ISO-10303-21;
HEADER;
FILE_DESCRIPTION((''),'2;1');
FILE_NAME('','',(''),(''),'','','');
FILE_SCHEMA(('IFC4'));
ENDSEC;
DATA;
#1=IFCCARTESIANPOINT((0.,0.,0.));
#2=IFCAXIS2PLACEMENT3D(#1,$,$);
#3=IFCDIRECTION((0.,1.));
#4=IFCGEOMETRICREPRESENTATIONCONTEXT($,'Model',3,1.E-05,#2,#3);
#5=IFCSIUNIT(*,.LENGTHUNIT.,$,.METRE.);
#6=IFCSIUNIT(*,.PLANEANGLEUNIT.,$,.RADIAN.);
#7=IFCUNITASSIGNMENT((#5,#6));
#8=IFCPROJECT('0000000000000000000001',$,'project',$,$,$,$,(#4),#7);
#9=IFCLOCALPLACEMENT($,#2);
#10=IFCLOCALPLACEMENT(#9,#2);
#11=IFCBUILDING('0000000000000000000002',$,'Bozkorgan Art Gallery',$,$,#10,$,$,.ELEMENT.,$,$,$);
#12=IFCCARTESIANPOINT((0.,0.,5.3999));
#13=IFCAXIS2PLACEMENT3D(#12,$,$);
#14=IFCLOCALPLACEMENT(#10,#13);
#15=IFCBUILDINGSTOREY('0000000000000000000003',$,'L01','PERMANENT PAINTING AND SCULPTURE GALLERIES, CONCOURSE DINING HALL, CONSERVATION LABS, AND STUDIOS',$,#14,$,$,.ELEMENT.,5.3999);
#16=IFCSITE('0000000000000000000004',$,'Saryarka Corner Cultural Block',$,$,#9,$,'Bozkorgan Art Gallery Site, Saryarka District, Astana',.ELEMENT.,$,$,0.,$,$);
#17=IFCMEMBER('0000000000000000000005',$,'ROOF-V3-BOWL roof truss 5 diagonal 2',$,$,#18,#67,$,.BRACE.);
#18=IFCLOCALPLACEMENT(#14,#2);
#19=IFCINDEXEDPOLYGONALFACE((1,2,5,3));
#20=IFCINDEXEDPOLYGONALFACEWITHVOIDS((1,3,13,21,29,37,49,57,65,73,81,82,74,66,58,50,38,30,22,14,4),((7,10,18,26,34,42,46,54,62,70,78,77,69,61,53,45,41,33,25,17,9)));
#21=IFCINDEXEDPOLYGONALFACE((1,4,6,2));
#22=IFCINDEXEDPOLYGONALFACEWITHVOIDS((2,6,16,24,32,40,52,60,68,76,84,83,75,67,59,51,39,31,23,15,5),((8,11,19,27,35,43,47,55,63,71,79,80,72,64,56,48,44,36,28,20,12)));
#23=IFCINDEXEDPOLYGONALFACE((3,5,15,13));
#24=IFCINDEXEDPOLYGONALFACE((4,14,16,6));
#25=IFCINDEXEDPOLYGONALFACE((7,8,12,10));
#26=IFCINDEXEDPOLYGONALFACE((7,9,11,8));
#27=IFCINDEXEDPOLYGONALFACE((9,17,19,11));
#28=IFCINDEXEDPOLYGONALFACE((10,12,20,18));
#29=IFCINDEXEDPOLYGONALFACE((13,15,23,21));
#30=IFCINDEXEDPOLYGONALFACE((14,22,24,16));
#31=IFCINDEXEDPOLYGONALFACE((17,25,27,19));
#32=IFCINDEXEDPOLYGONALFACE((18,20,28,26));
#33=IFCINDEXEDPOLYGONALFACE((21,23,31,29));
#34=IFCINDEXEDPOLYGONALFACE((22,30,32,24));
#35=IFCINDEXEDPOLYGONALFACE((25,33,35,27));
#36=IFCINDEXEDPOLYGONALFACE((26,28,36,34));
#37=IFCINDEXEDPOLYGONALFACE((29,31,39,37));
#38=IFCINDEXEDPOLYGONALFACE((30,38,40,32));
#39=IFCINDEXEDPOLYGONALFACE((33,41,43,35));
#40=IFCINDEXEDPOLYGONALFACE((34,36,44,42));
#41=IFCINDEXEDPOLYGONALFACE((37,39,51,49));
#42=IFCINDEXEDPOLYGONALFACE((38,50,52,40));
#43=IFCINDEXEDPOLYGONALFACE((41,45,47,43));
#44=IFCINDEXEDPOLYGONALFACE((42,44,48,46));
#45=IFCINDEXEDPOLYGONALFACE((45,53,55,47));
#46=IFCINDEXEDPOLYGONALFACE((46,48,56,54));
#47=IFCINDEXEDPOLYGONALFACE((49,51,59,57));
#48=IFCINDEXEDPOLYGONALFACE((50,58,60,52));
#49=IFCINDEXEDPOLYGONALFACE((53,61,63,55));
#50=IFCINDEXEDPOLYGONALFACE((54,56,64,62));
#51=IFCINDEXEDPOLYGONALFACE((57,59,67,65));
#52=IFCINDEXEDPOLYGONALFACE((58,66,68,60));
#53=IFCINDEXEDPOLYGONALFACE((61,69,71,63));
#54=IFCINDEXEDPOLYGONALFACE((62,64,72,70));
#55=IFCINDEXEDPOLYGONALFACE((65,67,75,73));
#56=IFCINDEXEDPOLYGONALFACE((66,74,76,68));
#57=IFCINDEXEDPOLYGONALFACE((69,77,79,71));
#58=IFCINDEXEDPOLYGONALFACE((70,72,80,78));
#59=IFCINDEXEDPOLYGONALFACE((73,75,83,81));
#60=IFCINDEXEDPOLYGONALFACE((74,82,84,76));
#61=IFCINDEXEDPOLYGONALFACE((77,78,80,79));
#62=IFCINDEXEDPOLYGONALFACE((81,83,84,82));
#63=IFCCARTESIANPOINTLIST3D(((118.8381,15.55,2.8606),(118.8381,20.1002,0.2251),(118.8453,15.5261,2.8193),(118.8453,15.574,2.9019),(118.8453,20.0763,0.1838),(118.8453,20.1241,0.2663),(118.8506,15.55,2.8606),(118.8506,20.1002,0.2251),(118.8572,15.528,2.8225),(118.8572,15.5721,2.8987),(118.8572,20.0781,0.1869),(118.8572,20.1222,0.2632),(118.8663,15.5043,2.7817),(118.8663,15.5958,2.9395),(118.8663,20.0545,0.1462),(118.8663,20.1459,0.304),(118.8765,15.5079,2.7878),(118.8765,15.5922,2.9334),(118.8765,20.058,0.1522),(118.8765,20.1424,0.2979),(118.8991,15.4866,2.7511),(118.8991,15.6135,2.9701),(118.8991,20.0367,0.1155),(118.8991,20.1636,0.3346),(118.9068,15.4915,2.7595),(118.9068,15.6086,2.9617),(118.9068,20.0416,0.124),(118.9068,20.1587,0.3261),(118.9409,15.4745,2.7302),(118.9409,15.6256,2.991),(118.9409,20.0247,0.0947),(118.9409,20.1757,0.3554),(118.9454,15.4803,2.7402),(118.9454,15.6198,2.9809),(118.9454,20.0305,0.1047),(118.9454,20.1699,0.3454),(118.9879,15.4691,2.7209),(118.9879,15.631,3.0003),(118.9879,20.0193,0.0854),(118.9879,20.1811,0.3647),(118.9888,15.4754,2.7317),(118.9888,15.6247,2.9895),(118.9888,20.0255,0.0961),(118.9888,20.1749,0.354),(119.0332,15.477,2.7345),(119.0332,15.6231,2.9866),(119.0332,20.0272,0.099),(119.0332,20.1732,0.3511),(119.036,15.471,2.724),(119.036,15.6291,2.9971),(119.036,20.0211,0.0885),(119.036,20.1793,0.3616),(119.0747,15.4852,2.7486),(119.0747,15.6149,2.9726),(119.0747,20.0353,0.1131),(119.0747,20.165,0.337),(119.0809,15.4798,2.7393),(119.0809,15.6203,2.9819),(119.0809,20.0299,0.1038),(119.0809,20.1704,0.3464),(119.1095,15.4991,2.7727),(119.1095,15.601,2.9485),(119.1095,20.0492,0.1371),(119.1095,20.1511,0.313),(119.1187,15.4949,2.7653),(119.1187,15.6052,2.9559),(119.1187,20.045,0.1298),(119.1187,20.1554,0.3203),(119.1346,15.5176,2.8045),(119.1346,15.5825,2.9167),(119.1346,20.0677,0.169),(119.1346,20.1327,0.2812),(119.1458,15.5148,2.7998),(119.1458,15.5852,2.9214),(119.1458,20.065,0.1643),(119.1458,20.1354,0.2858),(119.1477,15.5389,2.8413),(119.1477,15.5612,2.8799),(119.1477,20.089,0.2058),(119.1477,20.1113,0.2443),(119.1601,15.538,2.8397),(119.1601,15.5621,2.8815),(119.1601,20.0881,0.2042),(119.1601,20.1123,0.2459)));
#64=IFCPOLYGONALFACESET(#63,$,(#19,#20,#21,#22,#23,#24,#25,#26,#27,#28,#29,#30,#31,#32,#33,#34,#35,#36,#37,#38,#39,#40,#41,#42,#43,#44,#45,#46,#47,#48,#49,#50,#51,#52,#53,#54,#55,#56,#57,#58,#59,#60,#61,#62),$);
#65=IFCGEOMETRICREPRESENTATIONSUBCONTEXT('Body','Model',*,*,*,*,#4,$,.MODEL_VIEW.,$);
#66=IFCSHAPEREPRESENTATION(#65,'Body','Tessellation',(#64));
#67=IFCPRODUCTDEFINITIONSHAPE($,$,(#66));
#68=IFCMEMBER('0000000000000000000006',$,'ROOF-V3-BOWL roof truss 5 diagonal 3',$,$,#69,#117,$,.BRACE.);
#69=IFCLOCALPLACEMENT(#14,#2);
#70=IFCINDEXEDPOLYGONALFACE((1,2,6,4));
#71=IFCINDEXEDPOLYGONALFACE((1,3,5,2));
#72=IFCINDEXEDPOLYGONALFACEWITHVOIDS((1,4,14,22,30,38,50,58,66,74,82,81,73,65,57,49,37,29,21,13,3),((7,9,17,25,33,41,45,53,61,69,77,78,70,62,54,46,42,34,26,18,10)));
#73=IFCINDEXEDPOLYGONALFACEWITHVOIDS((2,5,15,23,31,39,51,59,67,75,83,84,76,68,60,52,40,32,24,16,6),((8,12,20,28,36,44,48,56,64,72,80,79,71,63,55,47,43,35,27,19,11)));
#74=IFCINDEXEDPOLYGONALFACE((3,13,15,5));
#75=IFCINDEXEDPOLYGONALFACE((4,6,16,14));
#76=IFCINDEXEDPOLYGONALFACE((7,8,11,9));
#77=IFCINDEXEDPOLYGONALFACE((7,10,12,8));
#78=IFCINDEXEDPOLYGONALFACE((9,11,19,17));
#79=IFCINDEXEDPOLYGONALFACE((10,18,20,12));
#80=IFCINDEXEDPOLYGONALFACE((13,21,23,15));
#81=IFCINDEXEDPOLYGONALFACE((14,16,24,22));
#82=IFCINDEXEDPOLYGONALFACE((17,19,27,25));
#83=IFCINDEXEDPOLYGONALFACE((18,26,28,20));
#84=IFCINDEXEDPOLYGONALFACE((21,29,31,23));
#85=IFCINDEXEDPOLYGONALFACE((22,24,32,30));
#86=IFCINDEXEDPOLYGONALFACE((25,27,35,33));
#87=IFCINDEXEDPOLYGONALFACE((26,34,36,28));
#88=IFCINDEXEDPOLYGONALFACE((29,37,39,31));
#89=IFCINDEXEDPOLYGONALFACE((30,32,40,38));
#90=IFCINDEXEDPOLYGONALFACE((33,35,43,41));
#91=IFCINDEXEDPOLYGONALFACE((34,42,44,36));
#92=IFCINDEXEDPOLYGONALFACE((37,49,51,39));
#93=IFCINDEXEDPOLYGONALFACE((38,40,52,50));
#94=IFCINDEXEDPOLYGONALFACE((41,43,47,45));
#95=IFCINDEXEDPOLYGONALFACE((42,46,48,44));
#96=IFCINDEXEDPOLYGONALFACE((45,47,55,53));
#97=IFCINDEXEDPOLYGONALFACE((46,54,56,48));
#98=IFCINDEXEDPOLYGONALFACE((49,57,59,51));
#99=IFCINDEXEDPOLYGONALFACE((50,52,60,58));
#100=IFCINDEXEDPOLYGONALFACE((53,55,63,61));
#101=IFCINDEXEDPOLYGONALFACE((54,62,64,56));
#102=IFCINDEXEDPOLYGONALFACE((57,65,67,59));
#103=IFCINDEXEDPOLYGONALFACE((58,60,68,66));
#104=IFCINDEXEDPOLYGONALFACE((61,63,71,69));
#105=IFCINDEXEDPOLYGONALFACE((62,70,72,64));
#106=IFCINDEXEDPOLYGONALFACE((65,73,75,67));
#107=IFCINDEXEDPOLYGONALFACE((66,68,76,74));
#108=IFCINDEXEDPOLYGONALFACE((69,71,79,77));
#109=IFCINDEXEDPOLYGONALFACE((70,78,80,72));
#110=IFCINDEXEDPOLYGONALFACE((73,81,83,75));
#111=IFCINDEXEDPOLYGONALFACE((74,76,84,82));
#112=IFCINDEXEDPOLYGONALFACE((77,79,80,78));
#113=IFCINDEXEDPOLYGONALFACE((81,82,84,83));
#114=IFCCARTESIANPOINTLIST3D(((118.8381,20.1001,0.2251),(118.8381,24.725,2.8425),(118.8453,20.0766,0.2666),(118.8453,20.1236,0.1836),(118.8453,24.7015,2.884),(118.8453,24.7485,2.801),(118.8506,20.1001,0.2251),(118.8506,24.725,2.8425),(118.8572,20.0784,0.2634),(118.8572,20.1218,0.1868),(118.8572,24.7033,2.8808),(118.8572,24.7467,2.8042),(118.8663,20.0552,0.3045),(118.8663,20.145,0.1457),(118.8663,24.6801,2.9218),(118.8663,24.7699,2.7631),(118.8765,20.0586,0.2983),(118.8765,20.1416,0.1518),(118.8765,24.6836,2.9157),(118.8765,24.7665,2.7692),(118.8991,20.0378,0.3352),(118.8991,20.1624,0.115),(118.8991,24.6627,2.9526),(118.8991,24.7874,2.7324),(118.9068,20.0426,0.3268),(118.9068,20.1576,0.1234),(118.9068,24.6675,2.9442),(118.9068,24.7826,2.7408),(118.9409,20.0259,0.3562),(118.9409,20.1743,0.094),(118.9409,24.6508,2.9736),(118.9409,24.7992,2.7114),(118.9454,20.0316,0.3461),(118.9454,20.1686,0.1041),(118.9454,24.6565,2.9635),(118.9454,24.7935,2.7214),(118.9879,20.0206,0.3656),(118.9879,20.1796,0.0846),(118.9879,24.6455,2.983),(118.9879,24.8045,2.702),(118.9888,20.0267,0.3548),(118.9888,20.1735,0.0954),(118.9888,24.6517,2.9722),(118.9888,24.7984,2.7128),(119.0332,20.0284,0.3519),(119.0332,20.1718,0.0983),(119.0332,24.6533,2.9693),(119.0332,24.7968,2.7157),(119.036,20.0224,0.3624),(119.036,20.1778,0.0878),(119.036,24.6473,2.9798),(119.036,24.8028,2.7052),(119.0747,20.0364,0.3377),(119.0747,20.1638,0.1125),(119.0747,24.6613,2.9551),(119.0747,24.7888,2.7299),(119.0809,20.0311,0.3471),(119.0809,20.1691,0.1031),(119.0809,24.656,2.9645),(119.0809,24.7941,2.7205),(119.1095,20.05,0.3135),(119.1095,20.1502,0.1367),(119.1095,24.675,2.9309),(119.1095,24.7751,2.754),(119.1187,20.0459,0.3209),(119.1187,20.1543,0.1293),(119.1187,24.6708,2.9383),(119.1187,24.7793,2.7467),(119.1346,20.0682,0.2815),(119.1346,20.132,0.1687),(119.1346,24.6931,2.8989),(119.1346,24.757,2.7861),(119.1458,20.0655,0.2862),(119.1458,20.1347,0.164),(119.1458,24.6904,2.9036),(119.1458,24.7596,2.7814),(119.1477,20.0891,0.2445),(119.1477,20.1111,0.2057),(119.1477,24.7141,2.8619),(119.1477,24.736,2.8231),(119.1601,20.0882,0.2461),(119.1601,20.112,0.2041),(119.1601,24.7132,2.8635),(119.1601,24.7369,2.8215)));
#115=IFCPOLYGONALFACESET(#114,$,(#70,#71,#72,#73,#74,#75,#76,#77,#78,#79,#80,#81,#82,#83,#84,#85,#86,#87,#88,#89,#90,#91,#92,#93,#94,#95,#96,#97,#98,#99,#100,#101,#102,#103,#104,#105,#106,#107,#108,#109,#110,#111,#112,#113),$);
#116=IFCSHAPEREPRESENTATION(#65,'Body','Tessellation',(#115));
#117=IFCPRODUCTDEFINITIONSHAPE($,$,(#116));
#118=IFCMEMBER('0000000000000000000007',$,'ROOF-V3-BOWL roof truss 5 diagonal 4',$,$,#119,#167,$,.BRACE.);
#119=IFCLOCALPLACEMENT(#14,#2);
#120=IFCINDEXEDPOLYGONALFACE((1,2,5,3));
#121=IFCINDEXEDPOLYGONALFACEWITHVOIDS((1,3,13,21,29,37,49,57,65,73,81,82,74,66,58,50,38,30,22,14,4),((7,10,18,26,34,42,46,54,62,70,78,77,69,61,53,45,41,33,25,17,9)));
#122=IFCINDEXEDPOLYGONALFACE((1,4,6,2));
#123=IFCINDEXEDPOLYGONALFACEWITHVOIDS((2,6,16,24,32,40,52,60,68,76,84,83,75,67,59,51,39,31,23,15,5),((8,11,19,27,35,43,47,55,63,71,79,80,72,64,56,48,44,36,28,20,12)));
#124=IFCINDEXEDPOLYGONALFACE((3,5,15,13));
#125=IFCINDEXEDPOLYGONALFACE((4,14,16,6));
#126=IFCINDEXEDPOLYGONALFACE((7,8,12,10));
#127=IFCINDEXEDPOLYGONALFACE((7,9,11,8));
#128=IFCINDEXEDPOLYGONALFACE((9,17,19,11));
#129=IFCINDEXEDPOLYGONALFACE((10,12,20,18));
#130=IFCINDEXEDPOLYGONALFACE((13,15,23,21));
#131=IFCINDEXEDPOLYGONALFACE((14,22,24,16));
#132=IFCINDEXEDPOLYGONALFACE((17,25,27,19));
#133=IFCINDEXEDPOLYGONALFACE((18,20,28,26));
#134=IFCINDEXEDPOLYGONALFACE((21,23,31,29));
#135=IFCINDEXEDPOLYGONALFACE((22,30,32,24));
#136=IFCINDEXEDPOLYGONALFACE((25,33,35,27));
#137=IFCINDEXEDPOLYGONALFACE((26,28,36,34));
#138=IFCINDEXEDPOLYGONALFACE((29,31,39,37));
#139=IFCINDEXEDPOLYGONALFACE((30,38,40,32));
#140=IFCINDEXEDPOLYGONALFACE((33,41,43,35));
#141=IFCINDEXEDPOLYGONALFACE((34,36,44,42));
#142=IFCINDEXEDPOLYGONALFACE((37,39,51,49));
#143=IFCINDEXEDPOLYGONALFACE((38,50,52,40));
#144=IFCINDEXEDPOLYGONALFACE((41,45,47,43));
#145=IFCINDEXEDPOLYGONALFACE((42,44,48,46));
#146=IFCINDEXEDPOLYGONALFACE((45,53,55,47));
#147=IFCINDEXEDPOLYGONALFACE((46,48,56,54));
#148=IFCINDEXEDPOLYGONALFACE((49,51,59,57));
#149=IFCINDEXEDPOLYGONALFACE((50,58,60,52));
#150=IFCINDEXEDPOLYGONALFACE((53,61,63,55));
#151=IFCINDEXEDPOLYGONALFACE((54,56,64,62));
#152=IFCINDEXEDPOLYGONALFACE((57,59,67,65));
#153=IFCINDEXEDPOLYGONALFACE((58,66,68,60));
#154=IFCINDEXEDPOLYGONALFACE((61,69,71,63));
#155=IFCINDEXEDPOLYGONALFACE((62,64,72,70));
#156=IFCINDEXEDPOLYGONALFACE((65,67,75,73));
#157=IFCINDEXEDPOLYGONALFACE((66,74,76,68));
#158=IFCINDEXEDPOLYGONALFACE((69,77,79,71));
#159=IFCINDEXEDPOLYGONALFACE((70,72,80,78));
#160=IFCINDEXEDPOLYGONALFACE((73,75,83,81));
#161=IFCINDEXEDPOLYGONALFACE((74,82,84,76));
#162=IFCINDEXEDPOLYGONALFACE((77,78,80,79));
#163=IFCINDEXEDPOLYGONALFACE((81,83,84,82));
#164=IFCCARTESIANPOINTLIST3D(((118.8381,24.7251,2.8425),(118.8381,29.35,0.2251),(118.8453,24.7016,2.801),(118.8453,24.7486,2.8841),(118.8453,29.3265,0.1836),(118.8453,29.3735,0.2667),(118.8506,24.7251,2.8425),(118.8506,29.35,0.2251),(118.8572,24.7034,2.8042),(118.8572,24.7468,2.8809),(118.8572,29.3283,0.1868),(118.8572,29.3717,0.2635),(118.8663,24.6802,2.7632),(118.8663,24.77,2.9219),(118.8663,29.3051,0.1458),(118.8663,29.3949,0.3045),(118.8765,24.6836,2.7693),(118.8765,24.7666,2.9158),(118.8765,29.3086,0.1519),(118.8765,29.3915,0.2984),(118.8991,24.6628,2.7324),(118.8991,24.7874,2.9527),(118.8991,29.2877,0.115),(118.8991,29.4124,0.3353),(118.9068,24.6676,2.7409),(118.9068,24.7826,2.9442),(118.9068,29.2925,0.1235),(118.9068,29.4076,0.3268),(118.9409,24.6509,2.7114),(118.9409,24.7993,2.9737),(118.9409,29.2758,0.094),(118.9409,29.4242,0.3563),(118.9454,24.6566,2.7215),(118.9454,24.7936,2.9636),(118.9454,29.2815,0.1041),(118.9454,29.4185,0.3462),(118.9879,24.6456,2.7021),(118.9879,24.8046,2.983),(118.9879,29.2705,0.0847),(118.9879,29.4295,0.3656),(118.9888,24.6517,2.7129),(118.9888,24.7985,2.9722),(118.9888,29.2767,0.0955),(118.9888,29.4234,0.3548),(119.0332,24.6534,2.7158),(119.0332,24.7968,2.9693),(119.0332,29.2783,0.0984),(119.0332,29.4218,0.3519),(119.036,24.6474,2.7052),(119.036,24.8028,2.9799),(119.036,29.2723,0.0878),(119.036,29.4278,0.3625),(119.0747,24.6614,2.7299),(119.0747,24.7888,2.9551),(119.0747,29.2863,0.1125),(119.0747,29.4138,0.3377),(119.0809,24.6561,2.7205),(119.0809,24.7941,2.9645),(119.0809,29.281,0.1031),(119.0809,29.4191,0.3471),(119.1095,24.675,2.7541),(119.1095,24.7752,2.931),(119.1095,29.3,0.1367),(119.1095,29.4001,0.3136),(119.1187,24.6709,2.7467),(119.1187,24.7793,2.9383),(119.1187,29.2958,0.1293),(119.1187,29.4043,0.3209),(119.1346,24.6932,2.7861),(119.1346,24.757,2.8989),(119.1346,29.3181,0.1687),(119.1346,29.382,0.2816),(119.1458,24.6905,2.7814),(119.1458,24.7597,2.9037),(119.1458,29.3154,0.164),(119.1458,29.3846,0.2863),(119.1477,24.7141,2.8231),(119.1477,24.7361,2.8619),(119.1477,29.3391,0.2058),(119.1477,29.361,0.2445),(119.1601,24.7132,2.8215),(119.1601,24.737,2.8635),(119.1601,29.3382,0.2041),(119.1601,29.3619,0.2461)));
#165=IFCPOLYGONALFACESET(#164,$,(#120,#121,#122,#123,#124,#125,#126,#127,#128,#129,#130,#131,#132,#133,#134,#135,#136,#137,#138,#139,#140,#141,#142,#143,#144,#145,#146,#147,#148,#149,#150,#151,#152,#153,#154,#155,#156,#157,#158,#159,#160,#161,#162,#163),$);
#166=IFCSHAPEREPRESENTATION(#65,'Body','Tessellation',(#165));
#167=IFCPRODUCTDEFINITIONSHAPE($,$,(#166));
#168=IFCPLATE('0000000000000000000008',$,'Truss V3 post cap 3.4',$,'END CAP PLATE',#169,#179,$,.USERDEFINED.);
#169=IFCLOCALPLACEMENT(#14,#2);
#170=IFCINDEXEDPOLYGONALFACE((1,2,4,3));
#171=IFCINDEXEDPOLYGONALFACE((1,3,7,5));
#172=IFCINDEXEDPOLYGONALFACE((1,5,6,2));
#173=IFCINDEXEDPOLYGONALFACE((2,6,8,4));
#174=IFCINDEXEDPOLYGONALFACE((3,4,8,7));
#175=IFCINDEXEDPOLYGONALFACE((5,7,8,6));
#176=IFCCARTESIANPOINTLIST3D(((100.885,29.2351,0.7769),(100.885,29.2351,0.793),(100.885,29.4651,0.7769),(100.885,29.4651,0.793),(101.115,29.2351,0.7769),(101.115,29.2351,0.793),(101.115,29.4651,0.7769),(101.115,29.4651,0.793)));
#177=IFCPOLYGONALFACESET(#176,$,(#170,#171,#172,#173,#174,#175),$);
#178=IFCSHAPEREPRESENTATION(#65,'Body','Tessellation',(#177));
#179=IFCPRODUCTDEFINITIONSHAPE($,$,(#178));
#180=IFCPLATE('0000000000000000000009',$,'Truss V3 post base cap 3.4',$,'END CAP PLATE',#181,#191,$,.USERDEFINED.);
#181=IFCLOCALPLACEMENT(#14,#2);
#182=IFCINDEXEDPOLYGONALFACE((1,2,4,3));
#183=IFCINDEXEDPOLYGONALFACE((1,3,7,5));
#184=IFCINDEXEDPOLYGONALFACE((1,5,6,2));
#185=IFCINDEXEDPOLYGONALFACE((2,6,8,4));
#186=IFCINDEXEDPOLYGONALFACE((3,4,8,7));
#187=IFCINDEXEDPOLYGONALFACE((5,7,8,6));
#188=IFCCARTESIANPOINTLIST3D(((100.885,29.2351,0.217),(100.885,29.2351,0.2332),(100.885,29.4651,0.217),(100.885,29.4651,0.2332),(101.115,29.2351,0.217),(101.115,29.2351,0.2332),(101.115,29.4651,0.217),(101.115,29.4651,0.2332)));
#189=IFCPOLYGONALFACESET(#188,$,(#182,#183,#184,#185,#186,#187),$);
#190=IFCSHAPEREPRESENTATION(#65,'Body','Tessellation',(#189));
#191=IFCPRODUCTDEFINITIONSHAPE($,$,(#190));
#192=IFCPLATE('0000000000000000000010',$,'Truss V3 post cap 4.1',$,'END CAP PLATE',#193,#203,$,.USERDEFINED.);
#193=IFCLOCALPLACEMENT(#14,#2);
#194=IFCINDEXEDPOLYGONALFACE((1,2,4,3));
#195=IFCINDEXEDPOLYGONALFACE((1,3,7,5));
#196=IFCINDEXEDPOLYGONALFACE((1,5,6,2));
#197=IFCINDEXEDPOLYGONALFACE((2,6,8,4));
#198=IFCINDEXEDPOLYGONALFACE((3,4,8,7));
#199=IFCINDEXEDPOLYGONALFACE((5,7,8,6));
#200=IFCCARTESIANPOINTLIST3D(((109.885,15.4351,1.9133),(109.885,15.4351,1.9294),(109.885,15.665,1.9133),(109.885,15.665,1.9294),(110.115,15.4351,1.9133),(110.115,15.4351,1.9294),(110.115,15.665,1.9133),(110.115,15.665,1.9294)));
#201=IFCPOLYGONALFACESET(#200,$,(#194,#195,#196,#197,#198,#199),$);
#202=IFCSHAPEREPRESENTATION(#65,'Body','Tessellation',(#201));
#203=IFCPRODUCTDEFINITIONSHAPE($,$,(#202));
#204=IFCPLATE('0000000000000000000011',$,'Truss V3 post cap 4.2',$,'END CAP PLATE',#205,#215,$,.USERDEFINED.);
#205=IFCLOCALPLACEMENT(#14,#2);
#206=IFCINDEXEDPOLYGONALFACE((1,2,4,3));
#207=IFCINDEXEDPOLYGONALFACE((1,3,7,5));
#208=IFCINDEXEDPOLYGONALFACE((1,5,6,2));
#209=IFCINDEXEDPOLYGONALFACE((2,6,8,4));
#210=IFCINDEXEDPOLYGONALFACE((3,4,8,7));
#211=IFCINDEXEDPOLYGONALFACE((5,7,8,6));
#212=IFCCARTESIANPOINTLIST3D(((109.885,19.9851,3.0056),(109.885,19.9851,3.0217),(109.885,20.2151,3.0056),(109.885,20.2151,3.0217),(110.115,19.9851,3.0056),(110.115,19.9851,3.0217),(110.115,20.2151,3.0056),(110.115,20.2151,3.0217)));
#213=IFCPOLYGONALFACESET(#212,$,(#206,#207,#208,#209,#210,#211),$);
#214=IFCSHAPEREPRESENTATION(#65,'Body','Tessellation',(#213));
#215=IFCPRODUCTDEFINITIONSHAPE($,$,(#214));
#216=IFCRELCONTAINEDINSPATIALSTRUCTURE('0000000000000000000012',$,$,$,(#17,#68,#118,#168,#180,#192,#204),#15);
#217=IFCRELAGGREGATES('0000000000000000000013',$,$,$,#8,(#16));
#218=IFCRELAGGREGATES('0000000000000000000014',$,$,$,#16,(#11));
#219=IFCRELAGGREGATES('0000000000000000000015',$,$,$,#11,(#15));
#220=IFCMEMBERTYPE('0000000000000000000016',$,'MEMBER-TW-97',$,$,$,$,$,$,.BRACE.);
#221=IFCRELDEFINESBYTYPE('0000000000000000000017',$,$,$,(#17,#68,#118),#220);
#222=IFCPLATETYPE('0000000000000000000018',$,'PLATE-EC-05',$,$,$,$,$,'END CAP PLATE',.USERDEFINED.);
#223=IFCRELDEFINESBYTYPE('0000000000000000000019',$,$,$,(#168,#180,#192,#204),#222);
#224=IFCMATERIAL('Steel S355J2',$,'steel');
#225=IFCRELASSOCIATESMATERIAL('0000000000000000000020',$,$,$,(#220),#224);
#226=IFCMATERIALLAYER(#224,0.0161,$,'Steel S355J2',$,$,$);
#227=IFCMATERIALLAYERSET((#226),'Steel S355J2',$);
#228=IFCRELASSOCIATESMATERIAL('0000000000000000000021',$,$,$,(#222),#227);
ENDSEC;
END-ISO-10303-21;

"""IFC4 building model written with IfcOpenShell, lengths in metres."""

from ifc_helpers import new_model, si_unit, direction, frame, origin, origin_2d, place, context, subcontext, project, spatial, rectangle, hollow_circle, extrude, material, layer, layer_set, material_profile, profile_set, type_object, element, save


model = new_model("IFC4")

# Units and contexts
model_context = context("Model", 3, precision=1e-05, world=origin(), true_north=direction((0.0, 1.0)))
body_context = subcontext(model_context, "Body", "Model", "MODEL_VIEW")
ifc_project = project(units=[si_unit("LENGTHUNIT", "METRE"), si_unit("PLANEANGLEUNIT", "RADIAN")], contexts=[model_context])

# Site, building, storey
site_placement = place(None, origin())
site = spatial("IfcSite", under=ifc_project, at=site_placement, Name="Saryarka Corner Cultural Block", LongName="Bozkorgan Art Gallery Site, Saryarka District, Astana", CompositionType="ELEMENT", RefElevation=0.0)
building_placement = place(site_placement, origin())
building = spatial("IfcBuilding", under=site, at=building_placement, Name="Bozkorgan Art Gallery", CompositionType="ELEMENT")
storey_placement = place(building_placement, frame((0.0, 0.0, 5.3999)))
storey = spatial("IfcBuildingStorey", under=building, at=storey_placement, Name="L01", Description="PERMANENT PAINTING AND SCULPTURE GALLERIES, CONCOURSE DINING HALL, CONSERVATION LABS, AND STUDIOS", CompositionType="ELEMENT", Elevation=5.3999)

# Shared definitions
ifc_material_1 = material(Name="Steel S355J2", Category="steel")

# Members
ifc_material_profile_1 = material_profile(ifc_material_1, hollow_circle(Radius=0.1619, WallThickness=0.0125, at=origin_2d()), Name="CHS 323.9x12.5")
ifc_profile_set_1 = profile_set([ifc_material_profile_1], Name="Steel S355J2")
member_type_1 = type_object("IfcMemberType", Name="MEMBER-TW-97", PredefinedType="BRACE", material=ifc_profile_set_1)
member_1_placement = place(storey_placement, frame((119.0, 15.55, 2.8606), z_axis=(0.0, 0.865322, -0.501216), x_axis=(-1.0, 0.0, 0.0)))
element("IfcMember", 1, at=member_1_placement, inside=storey, type_object=member_type_1, Name="ROOF-V3-BOWL roof truss 5 diagonal 2", PredefinedType="BRACE", context=body_context, shape_type="SweptSolid", body=[
    extrude(hollow_circle(Radius=0.1619, WallThickness=0.0125, at=origin_2d()), origin(), (0.0, 0.0, 1.0), 5.2583),
])
for number, where, z_axis, x_axis, name in (
    (2, (119.0, 20.1001, 0.2251), (0.0, 0.870297, 0.492528), (-1.0, 0.0, 0.0), "ROOF-V3-BOWL roof truss 5 diagonal 3"),
    (3, (119.0, 24.7251, 2.8425), (0.0, 0.870297, -0.492528), (-1.0, 0.0, 0.0), "ROOF-V3-BOWL roof truss 5 diagonal 4"),
):
    element("IfcMember", number, at=place(storey_placement, frame(where, z_axis=z_axis, x_axis=x_axis)), inside=storey, type_object=member_type_1, Name=name, PredefinedType="BRACE", context=body_context, shape_type="SweptSolid", body=[
        extrude(hollow_circle(Radius=0.1619, WallThickness=0.0125, at=origin_2d()), origin(), (0.0, 0.0, 1.0), 5.3142),
    ])

# Plates
ifc_layer_1 = layer(ifc_material_1, 0.0161, Name="Steel S355J2")
ifc_layer_set_1 = layer_set([ifc_layer_1], Name="Steel S355J2")
plate_type_1 = type_object("IfcPlateType", Name="PLATE-EC-05", ElementType="END CAP PLATE", PredefinedType="USERDEFINED", material=ifc_layer_set_1)
for number, where, z_axis, x_axis, name in (
    (4, (101.0, 29.3501, 0.7769), (0.0, 0.0, 1.0), (1.0, 0.0, 0.0), "Truss V3 post cap 3.4"),
    (5, (101.0, 29.3501, 0.217), (0.0, 0.0, 1.0), (1.0, 0.0, 0.0), "Truss V3 post base cap 3.4"),
    (6, (110.0, 15.55, 1.9133), (0.0, 0.0, 1.0), (1.0, 0.0, 0.0), "Truss V3 post cap 4.1"),
    (7, (110.0, 20.1001, 3.0056), (0.0, 0.0, 1.0), (1.0, 0.0, 0.0), "Truss V3 post cap 4.2"),
):
    element("IfcPlate", number, at=place(storey_placement, frame(where, z_axis=z_axis, x_axis=x_axis)), inside=storey, type_object=plate_type_1, Name=name, ObjectType="END CAP PLATE", PredefinedType="USERDEFINED", context=body_context, shape_type="SweptSolid", body=[
        extrude(rectangle(XDim=0.23, YDim=0.23, at=origin_2d()), origin(), (0.0, 0.0, 1.0), 0.0161),
    ])

save(model, "model.ifc")
